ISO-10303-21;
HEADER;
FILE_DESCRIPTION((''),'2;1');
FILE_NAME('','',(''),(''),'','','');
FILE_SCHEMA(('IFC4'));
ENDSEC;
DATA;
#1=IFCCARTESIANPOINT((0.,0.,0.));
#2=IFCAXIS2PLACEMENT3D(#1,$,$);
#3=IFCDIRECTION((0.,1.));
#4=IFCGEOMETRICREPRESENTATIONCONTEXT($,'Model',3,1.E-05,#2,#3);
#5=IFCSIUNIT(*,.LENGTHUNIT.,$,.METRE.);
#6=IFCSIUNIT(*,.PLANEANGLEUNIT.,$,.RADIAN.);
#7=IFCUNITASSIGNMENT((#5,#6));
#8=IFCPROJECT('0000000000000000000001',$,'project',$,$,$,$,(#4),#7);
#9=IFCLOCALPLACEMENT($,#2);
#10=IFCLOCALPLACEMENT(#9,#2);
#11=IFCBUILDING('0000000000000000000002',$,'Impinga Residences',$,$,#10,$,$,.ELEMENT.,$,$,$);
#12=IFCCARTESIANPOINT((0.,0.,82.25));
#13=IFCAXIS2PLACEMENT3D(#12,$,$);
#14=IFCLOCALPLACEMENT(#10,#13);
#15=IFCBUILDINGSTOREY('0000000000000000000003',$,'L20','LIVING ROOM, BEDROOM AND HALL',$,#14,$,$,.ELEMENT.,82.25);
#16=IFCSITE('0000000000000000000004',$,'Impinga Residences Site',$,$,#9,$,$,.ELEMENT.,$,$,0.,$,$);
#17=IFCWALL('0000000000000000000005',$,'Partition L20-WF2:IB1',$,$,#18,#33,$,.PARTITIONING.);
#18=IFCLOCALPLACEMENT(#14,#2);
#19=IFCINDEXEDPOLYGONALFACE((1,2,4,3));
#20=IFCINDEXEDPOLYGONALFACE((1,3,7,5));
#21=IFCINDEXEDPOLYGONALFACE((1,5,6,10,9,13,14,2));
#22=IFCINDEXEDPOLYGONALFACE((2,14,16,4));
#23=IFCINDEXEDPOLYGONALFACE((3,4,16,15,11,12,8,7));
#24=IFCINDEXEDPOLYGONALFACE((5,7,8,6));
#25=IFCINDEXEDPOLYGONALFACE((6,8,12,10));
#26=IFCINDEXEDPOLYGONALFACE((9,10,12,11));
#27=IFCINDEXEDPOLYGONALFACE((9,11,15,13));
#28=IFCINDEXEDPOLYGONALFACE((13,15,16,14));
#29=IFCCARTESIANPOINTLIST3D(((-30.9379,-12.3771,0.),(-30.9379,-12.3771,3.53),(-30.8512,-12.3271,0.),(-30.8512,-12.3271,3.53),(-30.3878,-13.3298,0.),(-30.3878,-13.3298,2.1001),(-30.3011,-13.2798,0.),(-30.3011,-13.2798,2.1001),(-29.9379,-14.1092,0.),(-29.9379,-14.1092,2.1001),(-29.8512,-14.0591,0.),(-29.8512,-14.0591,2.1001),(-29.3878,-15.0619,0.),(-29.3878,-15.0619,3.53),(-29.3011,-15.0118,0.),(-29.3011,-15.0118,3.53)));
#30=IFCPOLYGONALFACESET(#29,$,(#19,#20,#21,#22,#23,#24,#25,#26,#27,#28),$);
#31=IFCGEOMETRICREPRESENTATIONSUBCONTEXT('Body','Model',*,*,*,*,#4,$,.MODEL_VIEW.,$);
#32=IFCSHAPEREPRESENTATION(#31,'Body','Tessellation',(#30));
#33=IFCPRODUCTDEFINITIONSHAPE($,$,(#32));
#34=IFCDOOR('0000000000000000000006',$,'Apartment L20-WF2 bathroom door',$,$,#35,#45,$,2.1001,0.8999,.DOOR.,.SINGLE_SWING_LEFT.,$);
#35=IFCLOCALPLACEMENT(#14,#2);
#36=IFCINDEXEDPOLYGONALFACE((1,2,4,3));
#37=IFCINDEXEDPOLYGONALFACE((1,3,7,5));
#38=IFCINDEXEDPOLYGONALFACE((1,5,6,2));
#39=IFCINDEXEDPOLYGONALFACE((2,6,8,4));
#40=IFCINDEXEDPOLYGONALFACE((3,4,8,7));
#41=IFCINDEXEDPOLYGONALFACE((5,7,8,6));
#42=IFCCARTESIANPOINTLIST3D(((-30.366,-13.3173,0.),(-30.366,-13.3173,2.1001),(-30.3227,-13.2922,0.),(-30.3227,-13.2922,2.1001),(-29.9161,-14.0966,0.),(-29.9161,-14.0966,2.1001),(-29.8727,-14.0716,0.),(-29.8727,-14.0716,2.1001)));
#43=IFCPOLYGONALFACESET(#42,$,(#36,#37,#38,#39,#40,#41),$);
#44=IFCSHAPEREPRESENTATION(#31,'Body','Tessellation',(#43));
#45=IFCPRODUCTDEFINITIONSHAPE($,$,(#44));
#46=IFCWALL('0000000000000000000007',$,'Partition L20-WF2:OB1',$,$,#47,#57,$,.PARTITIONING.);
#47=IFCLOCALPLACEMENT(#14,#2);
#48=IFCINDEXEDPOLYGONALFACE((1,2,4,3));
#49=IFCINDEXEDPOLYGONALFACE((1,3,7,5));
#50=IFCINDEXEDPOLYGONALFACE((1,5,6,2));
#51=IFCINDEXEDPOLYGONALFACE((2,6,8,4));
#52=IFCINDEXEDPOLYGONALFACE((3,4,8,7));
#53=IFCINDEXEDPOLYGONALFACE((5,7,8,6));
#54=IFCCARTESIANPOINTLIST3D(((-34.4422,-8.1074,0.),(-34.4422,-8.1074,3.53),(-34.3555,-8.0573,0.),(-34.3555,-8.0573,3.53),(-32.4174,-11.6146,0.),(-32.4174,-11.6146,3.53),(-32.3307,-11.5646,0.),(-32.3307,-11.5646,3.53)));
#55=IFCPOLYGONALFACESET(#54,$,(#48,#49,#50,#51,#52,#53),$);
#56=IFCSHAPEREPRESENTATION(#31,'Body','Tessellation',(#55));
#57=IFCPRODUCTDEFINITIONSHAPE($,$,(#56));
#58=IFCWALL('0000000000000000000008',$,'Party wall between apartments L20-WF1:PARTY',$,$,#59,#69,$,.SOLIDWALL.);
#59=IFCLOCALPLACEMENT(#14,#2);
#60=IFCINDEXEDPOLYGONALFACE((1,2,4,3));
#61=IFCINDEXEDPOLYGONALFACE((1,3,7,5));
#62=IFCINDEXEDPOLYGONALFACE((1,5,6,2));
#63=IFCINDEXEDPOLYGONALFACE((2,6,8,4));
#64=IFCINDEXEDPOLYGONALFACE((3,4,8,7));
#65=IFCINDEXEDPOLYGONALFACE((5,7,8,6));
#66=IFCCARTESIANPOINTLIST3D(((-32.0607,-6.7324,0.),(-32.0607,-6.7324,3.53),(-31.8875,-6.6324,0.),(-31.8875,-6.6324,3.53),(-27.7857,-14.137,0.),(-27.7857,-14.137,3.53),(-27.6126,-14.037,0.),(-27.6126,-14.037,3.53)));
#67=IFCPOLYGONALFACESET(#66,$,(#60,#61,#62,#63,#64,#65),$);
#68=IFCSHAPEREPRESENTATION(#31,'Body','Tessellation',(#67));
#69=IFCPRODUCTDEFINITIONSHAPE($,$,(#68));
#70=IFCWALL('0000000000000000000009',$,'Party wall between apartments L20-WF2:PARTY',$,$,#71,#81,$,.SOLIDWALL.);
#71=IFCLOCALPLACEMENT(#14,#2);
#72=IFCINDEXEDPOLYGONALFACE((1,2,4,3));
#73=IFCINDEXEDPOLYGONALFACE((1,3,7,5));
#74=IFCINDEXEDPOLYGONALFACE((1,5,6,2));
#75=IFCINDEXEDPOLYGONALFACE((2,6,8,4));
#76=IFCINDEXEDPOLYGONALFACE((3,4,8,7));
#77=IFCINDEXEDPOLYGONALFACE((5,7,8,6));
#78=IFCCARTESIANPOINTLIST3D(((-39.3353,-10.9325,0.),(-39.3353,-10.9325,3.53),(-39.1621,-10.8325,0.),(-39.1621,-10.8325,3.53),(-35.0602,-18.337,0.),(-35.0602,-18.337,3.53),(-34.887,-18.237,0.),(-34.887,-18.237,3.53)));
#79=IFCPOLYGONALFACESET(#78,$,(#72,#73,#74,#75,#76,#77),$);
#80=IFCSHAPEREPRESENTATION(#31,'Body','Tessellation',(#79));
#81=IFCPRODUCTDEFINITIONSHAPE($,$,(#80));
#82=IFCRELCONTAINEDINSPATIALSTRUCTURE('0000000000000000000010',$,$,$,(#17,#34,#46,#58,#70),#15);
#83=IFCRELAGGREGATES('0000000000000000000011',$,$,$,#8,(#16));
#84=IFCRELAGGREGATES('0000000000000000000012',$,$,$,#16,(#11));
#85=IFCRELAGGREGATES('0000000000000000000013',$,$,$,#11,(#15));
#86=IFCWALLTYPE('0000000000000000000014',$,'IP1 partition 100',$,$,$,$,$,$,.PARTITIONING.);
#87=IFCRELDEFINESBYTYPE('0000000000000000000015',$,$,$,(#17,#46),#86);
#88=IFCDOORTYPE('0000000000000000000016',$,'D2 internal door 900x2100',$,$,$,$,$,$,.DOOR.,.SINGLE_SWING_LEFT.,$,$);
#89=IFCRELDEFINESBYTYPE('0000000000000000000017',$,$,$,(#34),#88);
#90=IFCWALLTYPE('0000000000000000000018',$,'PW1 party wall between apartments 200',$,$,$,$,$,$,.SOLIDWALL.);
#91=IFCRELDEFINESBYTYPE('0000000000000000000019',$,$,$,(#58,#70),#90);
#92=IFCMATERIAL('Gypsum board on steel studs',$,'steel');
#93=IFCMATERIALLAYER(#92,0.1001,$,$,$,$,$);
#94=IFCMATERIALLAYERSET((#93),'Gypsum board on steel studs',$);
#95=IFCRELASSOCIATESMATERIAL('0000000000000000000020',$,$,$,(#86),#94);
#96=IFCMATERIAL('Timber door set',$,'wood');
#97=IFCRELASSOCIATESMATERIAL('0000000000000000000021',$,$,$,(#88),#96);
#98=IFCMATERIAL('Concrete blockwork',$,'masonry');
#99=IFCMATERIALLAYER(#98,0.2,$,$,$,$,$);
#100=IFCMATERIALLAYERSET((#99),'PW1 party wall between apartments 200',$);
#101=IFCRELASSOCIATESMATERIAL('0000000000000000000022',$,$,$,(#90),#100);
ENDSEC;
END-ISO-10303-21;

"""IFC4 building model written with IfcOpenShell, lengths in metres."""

from ifc_helpers import new_model, si_unit, direction, frame, frame_2d, origin, place, context, subcontext, project, spatial, rectangle, extrude, material, layer, layer_set, type_object, element, fill, save


model = new_model("IFC4")

# Units and contexts
model_context = context("Model", 3, precision=1e-05, world=origin(), true_north=direction((0.0, 1.0)))
body_context = subcontext(model_context, "Body", "Model", "MODEL_VIEW")
ifc_project = project(units=[si_unit("LENGTHUNIT", "METRE"), si_unit("PLANEANGLEUNIT", "RADIAN")], contexts=[model_context])

# Site, building, storey
site_placement = place(None, origin())
site = spatial("IfcSite", under=ifc_project, at=site_placement, Name="Impinga Residences Site", CompositionType="ELEMENT", RefElevation=0.0)
building_placement = place(site_placement, origin())
building = spatial("IfcBuilding", under=site, at=building_placement, Name="Impinga Residences", CompositionType="ELEMENT")
storey_placement = place(building_placement, frame((0.0, 0.0, 82.25)))
storey = spatial("IfcBuildingStorey", under=building, at=storey_placement, Name="L20", Description="LIVING ROOM, BEDROOM AND HALL", CompositionType="ELEMENT", Elevation=82.25)

# Shared definitions
ifc_material_1 = material(Name="Gypsum board on steel studs", Category="steel")
ifc_layer_1 = layer(ifc_material_1, 0.1001)
ifc_layer_set_1 = layer_set([ifc_layer_1], Name="Gypsum board on steel studs")
wall_type_1 = type_object("IfcWallType", Name="IP1 partition 100", PredefinedType="PARTITIONING", material=ifc_layer_set_1)

# Shared definitions
ifc_material_2 = material(Name="Timber door set", Category="wood")
door_type = type_object("IfcDoorType", Name="D2 internal door 900x2100", OperationType="SINGLE_SWING_LEFT", PredefinedType="DOOR", material=ifc_material_2)

# Wall, opening, door
wall_1_placement = place(storey_placement, frame((-29.3445, -15.0369, 0.0), z_axis=(0.0, 0.0, 1.0), x_axis=(-0.499993, 0.86603, 0.0)))
wall_1 = element("IfcWall", 1, at=wall_1_placement, inside=storey, type_object=wall_type_1, Name="Partition L20-WF2:IB1", PredefinedType="PARTITIONING", context=body_context, shape_type="SweptSolid", body=[
    extrude(rectangle(XDim=3.1001, YDim=0.1001, at=frame_2d((1.55, 0.0))), origin(), (0.0, 0.0, 1.0), 3.53),
])
opening_1_placement = place(wall_1_placement, frame((1.1001, 0.0, 0.0)))
opening_1 = element("IfcOpeningElement", 2, at=opening_1_placement, cuts=wall_1, PredefinedType="OPENING", context=body_context, shape_type="SweptSolid", body=[
    extrude(rectangle(XDim=0.8999, YDim=2.1001, at=frame_2d((0.45, 1.05))), frame((0.0, 0.0601, 0.0), z_axis=(0.0, -1.0, 0.0), x_axis=(1.0, 0.0, 0.0)), (0.0, 0.0, 1.0), 0.1201),
])
door_1_placement = place(opening_1_placement, origin())
door_1 = element("IfcDoor", 3, at=door_1_placement, inside=storey, type_object=door_type, Name="Apartment L20-WF2 bathroom door", OperationType="SINGLE_SWING_LEFT", OverallHeight=2.1001, OverallWidth=0.8999, PredefinedType="DOOR", context=body_context, shape_type="SweptSolid", body=[
    extrude(rectangle(XDim=0.8999, YDim=2.1001, at=frame_2d((0.45, 1.05))), frame((0.0, 0.0249, 0.0), z_axis=(0.0, -1.0, 0.0), x_axis=(1.0, 0.0, 0.0)), (0.0, 0.0, 1.0), 0.05),
])
fill(opening_1, door_1)

# Walls
wall_2_placement = place(storey_placement, frame((-32.374, -11.5896, 0.0), z_axis=(0.0, 0.0, 1.0), x_axis=(-0.49999, 0.866031, 0.0)))
element("IfcWall", 4, at=wall_2_placement, inside=storey, type_object=wall_type_1, Name="Partition L20-WF2:OB1", PredefinedType="PARTITIONING", context=body_context, shape_type="SweptSolid", body=[
    extrude(rectangle(XDim=4.0498, YDim=0.1001, at=frame_2d((2.0249, 0.0))), origin(), (0.0, 0.0, 1.0), 3.53),
])
ifc_material_3 = material(Name="Concrete blockwork", Category="masonry")
ifc_layer_2 = layer(ifc_material_3, 0.2)
ifc_layer_set_2 = layer_set([ifc_layer_2], Name="PW1 party wall between apartments 200")
wall_type_2 = type_object("IfcWallType", Name="PW1 party wall between apartments 200", PredefinedType="SOLIDWALL", material=ifc_layer_set_2)
for number, where, z_axis, x_axis, name in (
    (5, (-27.6992, -14.0869, 0.0), (0.0, 0.0, 1.0), (-0.49999, 0.866031, 0.0), "Party wall between apartments L20-WF1:PARTY"),
    (6, (-34.9736, -18.2869, 0.0), (0.0, 0.0, 1.0), (-0.500012, 0.866019, 0.0), "Party wall between apartments L20-WF2:PARTY"),
):
    element("IfcWall", number, at=place(storey_placement, frame(where, z_axis=z_axis, x_axis=x_axis)), inside=storey, type_object=wall_type_2, Name=name, PredefinedType="SOLIDWALL", context=body_context, shape_type="SweptSolid", body=[
        extrude(rectangle(XDim=8.55, YDim=0.2, at=frame_2d((4.2749, 0.0))), origin(), (0.0, 0.0, 1.0), 3.53),
    ])

save(model, "model.ifc")
